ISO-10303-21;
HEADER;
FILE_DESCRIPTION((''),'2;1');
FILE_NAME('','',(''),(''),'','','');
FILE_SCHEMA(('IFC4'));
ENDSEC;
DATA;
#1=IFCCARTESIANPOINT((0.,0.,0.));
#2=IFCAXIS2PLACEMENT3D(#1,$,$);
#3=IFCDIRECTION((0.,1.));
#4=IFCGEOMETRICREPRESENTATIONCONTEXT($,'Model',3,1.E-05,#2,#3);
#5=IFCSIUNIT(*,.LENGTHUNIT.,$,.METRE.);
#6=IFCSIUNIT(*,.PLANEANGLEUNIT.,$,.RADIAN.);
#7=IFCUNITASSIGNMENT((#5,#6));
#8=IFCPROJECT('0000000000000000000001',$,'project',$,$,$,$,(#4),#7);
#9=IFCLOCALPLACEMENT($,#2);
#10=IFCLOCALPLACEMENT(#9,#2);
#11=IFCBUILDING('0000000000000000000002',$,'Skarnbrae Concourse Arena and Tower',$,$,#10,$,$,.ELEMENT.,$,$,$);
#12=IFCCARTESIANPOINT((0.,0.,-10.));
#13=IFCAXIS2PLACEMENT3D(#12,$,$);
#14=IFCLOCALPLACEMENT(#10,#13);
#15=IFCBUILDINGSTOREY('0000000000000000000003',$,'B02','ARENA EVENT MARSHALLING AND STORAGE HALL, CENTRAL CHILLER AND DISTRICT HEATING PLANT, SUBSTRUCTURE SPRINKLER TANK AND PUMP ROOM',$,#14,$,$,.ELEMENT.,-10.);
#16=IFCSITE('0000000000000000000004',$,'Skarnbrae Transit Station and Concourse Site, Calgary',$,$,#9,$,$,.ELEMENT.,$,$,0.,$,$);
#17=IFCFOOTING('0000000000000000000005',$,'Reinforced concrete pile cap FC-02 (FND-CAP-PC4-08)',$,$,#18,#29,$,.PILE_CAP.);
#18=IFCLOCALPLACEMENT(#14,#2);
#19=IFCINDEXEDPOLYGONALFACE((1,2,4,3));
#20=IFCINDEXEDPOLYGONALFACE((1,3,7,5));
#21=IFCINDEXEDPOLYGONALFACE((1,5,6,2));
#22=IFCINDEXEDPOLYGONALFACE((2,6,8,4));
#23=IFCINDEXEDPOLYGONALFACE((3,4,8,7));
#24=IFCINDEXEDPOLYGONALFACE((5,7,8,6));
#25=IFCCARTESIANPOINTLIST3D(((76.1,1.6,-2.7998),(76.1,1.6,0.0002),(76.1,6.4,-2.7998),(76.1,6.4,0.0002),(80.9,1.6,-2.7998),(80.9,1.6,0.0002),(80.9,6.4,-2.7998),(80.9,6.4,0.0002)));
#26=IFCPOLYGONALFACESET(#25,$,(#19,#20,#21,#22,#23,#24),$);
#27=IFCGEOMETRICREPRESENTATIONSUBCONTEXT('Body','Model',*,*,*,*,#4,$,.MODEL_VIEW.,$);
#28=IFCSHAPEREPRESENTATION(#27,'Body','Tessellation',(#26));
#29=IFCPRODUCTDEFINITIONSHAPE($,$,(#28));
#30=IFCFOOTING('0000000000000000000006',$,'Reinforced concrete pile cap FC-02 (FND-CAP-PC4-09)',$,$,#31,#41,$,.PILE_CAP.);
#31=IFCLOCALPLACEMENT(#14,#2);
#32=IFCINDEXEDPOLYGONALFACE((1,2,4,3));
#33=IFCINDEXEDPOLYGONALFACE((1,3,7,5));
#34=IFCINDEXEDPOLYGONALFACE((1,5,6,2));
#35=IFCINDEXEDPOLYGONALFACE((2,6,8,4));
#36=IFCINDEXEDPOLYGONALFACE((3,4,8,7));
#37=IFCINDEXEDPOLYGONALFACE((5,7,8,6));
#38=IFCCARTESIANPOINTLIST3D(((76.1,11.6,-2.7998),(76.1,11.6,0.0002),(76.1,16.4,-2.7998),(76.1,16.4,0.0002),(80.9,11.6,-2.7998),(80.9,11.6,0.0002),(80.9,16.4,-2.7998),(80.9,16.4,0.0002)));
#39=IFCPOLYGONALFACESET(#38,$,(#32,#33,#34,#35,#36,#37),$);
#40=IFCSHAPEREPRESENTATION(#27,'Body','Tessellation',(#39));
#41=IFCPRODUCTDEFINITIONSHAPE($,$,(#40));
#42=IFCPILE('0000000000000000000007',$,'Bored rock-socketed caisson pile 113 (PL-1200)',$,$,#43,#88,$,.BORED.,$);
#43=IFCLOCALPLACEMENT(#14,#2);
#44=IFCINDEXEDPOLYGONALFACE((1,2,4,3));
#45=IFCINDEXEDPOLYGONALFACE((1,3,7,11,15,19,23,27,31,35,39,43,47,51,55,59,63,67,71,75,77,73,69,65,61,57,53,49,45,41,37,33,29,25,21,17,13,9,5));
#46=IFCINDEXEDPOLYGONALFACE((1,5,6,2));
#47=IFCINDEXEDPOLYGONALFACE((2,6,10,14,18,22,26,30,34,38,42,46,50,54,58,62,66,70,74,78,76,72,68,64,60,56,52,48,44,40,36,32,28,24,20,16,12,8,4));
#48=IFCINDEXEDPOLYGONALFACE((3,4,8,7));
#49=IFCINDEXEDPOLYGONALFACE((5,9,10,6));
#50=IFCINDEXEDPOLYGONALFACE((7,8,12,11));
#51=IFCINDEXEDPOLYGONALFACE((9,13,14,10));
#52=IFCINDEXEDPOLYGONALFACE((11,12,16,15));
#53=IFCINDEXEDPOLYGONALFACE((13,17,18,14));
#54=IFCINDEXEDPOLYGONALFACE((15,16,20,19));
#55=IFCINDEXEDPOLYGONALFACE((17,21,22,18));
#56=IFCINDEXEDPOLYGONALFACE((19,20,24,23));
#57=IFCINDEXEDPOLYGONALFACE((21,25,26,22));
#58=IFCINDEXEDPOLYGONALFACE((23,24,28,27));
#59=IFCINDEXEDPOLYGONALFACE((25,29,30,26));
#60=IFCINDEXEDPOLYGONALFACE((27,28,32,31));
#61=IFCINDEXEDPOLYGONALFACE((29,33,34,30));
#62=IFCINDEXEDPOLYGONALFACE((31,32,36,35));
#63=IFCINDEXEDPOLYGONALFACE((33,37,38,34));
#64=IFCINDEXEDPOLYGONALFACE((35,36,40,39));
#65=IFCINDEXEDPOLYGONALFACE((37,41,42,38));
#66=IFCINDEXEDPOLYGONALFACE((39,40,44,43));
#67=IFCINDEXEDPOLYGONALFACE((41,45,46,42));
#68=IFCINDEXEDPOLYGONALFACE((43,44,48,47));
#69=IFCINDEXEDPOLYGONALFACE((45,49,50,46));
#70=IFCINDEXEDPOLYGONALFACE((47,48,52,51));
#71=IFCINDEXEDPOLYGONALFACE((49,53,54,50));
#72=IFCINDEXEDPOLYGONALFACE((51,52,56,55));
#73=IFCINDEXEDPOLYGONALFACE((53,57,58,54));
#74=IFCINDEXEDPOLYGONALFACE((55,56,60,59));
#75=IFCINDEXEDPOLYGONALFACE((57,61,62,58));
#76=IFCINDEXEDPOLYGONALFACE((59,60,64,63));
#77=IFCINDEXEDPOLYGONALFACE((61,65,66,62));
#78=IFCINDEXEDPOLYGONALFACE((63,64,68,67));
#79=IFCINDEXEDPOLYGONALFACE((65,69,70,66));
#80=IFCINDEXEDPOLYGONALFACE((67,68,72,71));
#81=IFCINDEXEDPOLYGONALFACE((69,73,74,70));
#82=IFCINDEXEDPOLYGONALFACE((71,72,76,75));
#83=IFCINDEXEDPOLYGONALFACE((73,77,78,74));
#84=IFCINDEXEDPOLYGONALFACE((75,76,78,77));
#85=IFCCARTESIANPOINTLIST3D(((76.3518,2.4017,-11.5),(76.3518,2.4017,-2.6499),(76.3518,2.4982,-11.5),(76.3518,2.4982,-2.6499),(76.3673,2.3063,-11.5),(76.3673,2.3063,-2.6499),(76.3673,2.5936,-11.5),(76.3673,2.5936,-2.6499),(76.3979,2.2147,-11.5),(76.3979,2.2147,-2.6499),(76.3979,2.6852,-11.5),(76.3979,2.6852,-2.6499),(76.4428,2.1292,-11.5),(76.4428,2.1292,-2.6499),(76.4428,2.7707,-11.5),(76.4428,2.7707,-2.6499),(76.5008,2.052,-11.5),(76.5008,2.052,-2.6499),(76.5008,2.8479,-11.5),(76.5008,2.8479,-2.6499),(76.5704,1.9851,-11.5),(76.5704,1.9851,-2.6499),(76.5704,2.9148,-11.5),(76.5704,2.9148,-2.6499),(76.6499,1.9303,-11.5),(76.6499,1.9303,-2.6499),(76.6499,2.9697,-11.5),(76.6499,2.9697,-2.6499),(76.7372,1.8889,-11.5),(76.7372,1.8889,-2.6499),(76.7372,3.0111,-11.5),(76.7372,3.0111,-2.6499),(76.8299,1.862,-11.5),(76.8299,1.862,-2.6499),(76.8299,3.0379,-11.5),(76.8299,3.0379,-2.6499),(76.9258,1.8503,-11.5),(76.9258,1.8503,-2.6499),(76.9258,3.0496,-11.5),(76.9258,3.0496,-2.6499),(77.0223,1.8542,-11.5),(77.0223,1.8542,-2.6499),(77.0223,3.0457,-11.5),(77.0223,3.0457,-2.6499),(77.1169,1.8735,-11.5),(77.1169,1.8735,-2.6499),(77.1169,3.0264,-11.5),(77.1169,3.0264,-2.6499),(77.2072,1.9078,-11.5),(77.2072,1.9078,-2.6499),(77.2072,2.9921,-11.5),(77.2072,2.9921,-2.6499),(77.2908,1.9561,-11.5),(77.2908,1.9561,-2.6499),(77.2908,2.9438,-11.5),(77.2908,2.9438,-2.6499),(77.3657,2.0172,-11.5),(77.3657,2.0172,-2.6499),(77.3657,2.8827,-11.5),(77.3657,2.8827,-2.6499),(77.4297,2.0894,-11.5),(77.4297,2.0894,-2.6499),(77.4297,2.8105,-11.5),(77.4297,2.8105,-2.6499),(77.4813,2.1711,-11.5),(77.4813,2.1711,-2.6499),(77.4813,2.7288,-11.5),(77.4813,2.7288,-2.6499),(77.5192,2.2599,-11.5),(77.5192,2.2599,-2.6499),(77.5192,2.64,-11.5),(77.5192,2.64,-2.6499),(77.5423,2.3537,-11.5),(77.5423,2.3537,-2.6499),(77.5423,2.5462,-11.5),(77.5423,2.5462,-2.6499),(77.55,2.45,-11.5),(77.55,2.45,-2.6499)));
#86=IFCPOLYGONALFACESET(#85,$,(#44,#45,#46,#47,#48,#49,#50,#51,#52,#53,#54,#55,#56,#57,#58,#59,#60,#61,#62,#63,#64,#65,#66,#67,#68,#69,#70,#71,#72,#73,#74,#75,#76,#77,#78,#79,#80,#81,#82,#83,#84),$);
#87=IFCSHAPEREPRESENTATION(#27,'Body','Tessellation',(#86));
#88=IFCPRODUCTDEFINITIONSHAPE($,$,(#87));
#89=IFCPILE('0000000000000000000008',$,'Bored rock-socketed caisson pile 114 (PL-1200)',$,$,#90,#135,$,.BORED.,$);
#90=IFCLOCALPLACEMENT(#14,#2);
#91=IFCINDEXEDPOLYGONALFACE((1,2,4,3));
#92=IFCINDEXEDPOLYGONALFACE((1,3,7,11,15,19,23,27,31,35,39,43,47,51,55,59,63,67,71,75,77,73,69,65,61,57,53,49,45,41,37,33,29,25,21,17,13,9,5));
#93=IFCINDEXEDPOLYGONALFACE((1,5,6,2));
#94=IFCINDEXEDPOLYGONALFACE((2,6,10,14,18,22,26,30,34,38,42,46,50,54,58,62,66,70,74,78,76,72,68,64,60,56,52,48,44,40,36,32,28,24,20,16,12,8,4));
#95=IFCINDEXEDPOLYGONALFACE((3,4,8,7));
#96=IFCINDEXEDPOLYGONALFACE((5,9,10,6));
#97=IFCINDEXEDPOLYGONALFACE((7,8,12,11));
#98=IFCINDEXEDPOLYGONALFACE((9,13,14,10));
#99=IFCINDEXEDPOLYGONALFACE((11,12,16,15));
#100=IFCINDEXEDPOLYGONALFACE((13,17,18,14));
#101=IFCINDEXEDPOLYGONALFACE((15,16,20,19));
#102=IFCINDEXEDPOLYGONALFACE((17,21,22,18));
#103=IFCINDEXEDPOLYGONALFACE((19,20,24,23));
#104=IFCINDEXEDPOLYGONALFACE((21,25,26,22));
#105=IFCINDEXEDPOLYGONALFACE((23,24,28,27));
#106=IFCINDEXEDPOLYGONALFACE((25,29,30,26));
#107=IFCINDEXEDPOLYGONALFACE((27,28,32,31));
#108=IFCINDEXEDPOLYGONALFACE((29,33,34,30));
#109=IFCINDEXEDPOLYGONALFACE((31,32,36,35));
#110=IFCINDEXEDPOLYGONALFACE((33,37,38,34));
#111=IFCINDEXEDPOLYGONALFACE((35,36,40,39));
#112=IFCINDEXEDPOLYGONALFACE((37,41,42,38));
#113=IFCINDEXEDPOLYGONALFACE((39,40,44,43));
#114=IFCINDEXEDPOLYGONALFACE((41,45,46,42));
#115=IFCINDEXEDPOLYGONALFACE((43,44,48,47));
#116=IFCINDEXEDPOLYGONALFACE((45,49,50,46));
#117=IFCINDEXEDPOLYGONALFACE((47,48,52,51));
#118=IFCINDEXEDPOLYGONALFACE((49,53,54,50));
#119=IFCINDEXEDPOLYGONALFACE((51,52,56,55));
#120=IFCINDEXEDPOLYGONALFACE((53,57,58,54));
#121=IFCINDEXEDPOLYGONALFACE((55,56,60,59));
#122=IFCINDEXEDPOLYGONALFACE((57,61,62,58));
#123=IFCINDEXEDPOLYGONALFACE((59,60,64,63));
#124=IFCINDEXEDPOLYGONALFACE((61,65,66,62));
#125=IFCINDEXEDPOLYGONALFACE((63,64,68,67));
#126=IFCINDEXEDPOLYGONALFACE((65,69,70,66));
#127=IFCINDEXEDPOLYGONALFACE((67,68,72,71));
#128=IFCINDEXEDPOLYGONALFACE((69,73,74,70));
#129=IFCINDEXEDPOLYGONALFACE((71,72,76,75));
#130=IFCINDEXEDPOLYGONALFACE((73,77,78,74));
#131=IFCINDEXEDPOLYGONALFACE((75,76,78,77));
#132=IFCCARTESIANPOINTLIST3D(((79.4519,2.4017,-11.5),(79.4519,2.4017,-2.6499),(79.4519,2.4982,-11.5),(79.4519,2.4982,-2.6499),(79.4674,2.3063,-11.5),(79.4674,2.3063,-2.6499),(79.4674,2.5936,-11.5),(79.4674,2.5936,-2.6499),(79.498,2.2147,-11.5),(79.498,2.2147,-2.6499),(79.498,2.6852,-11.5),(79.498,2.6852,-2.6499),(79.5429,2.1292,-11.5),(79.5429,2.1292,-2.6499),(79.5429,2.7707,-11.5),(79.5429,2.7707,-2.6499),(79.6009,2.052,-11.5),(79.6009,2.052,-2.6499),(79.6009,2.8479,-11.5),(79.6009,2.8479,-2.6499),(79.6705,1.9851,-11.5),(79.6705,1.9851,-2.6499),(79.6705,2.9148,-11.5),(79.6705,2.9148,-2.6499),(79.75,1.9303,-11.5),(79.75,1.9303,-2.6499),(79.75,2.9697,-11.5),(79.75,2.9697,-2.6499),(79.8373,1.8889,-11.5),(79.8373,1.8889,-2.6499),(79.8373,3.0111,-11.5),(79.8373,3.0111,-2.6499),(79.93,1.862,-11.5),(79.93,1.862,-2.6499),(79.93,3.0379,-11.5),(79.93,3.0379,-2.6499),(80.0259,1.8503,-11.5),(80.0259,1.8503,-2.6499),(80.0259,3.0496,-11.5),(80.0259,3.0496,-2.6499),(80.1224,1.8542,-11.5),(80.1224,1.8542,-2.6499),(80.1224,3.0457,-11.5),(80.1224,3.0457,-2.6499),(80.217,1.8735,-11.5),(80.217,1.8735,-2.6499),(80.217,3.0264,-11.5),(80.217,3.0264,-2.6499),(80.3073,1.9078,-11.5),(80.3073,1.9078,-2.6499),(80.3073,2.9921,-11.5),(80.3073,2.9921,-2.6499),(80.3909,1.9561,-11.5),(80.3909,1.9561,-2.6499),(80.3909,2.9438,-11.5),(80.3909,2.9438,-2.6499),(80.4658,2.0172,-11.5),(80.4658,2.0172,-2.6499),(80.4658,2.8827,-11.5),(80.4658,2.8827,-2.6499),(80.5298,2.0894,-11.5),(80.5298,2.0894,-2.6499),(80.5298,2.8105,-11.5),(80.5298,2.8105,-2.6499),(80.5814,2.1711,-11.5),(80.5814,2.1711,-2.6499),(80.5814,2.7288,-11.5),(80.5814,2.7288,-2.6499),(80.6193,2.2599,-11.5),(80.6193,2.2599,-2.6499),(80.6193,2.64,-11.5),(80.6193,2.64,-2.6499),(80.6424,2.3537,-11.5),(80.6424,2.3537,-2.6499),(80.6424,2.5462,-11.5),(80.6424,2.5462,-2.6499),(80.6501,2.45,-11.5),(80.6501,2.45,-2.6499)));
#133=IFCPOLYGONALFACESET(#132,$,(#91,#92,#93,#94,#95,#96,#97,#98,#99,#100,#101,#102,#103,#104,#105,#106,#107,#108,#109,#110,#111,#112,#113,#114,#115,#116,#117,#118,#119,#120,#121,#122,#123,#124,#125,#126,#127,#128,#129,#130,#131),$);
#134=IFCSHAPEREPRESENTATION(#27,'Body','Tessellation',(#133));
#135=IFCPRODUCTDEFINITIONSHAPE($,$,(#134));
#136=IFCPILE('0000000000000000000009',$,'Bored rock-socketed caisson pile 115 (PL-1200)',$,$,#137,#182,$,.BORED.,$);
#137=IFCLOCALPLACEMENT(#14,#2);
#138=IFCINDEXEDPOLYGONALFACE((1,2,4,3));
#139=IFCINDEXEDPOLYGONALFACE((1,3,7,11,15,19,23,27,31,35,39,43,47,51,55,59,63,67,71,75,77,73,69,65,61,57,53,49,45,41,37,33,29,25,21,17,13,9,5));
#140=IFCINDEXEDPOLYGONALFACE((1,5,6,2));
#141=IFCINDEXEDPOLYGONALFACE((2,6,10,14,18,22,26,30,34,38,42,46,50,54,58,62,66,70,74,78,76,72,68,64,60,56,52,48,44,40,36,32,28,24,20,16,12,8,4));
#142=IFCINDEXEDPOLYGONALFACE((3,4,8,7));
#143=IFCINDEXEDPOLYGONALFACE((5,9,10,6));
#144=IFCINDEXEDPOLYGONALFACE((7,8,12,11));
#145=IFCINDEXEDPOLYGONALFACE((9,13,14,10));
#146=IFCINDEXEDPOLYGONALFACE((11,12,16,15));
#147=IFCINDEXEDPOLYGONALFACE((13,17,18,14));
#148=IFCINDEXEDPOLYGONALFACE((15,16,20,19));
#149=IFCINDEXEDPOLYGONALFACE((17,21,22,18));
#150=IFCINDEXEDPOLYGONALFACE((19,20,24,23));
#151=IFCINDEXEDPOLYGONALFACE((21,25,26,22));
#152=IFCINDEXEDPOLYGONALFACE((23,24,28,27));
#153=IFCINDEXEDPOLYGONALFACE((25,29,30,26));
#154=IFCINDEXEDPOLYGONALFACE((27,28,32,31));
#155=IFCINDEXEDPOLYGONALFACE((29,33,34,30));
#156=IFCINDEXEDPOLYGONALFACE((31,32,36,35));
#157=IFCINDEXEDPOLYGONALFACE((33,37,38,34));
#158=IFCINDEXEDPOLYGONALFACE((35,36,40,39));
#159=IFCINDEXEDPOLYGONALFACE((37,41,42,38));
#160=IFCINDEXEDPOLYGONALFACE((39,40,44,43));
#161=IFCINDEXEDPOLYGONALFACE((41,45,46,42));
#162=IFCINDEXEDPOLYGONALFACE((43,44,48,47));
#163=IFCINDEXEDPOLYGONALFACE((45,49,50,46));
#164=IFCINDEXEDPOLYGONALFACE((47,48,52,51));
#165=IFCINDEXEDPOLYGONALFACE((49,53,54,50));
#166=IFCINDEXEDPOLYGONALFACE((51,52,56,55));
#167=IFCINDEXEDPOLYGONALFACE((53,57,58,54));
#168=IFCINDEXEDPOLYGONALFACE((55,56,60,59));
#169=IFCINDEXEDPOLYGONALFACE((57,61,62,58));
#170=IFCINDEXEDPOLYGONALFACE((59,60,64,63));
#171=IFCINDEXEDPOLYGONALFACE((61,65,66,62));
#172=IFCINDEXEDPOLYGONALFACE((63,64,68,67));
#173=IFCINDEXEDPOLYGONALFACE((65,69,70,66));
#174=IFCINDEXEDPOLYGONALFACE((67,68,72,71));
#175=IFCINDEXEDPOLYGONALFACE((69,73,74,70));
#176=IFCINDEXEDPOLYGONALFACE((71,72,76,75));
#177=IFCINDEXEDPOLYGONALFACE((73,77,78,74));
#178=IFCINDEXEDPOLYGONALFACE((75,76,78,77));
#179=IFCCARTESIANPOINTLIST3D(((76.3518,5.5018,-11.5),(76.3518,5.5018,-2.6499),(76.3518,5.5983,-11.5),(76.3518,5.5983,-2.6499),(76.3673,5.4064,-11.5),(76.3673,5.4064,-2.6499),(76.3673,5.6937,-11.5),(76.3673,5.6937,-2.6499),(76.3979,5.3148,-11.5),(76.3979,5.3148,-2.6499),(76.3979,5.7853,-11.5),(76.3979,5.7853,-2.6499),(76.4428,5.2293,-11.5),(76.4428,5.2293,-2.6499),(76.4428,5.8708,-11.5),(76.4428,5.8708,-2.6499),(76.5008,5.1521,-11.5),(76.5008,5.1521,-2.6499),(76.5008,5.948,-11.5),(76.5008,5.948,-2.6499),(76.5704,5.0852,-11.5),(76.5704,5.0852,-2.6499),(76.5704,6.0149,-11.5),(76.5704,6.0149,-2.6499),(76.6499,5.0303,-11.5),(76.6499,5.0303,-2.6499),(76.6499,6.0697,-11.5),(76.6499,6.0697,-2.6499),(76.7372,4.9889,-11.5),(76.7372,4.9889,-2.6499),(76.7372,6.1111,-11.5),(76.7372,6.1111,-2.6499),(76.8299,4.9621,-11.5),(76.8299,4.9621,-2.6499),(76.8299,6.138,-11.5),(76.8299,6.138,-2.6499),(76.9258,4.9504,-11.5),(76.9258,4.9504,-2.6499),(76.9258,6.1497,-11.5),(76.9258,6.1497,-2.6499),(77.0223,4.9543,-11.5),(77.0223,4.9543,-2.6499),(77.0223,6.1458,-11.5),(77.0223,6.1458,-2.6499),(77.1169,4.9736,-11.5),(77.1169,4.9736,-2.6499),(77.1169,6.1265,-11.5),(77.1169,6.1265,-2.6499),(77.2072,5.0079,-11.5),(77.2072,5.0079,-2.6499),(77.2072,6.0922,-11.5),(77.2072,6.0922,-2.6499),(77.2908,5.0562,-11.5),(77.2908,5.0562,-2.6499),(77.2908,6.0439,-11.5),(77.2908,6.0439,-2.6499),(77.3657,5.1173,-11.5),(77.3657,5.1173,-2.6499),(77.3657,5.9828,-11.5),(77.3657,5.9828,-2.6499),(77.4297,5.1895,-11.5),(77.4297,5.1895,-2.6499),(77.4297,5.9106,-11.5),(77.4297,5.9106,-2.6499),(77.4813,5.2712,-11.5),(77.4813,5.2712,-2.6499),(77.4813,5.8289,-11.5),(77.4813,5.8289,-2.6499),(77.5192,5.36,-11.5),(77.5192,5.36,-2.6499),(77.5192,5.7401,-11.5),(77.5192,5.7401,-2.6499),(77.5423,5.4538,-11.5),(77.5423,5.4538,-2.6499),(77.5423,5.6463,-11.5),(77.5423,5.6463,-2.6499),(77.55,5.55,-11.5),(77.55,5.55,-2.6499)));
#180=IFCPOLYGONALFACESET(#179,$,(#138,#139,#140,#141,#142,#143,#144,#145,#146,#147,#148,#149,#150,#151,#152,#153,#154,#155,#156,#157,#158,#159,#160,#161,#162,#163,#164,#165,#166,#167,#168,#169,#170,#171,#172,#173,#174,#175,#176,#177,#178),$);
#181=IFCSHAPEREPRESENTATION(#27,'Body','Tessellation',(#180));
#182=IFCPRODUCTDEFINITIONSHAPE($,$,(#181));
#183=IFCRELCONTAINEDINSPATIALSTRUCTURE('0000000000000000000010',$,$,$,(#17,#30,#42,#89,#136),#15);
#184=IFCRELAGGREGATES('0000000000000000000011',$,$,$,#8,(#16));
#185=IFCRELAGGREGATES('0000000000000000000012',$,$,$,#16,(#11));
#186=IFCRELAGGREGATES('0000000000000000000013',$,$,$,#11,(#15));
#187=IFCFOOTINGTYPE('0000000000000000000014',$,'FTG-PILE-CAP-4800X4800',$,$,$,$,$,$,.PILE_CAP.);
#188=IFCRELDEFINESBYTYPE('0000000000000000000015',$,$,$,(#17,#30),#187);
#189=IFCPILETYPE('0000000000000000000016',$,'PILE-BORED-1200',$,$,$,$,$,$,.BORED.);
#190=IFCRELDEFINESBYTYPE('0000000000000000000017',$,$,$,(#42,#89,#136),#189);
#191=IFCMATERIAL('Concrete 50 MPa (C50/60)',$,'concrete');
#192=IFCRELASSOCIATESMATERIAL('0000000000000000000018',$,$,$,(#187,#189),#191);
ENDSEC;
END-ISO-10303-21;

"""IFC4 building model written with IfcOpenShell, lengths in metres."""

from ifc_helpers import new_model, si_unit, direction, frame, origin, origin_2d, place, context, subcontext, project, spatial, rectangle, circle, extrude, source, transform, mapped, material, material_profile, profile_set, type_object, element, save


model = new_model("IFC4")

# Units and contexts
model_context = context("Model", 3, precision=1e-05, world=origin(), true_north=direction((0.0, 1.0)))
body_context = subcontext(model_context, "Body", "Model", "MODEL_VIEW")
ifc_project = project(units=[si_unit("LENGTHUNIT", "METRE"), si_unit("PLANEANGLEUNIT", "RADIAN")], contexts=[model_context])

# Site, building, storey
site_placement = place(None, origin())
site = spatial("IfcSite", under=ifc_project, at=site_placement, Name="Skarnbrae Transit Station and Concourse Site, Calgary", CompositionType="ELEMENT", RefElevation=0.0)
building_placement = place(site_placement, origin())
building = spatial("IfcBuilding", under=site, at=building_placement, Name="Skarnbrae Concourse Arena and Tower", CompositionType="ELEMENT")
storey_placement = place(building_placement, frame((0.0, 0.0, -10.0)))
storey = spatial("IfcBuildingStorey", under=building, at=storey_placement, Name="B02", Description="ARENA EVENT MARSHALLING AND STORAGE HALL, CENTRAL CHILLER AND DISTRICT HEATING PLANT, SUBSTRUCTURE SPRINKLER TANK AND PUMP ROOM", CompositionType="ELEMENT", Elevation=-10.0)

# Footings
ifc_material_1 = material(Name="Concrete 50 MPa (C50/60)", Category="concrete")
footing_type = type_object("IfcFootingType", Name="FTG-PILE-CAP-4800X4800", PredefinedType="PILE_CAP", material=ifc_material_1)
shared_shape_1 = source(origin(), body_context, "Body", "SweptSolid", [
    extrude(rectangle(XDim=4.8, YDim=4.8, at=origin_2d()), origin(), (0.0, 0.0, 1.0), 2.8),
])
for number, where, z_axis, x_axis, name in (
    (1, (78.5, 4.0, -2.7998), (0.0, 0.0, 1.0), (1.0, 0.0, 0.0), "Reinforced concrete pile cap FC-02 (FND-CAP-PC4-08)"),
    (2, (78.5, 14.0, -2.7998), (0.0, 0.0, 1.0), (1.0, 0.0, 0.0), "Reinforced concrete pile cap FC-02 (FND-CAP-PC4-09)"),
):
    element("IfcFooting", number, at=place(storey_placement, frame(where, z_axis=z_axis, x_axis=x_axis)), inside=storey, type_object=footing_type, Name=name, PredefinedType="PILE_CAP", context=body_context, shape_type="MappedRepresentation", body=[
        mapped(shared_shape_1, transform((0.0, 0.0, 0.0))),
    ])

# Piles
ifc_material_profile_1 = material_profile(ifc_material_1, circle(Radius=0.6001, at=origin_2d()), Name="CAISSON-1200")
ifc_profile_set_1 = profile_set([ifc_material_profile_1], Name="Concrete 50 MPa (C50/60)")
pile_type = type_object("IfcPileType", Name="PILE-BORED-1200", PredefinedType="BORED", material=ifc_profile_set_1)
shared_shape_2 = source(origin(), body_context, "Body", "SweptSolid", [
    extrude(circle(Radius=0.6001, at=origin_2d()), origin(), (0.0, 0.0, 1.0), 8.8501),
])
for number, where, z_axis, x_axis, name in (
    (3, (76.95, 2.45, -2.6499), (0.0, 0.0, -1.0), (1.0, 0.0, 0.0), "Bored rock-socketed caisson pile 113 (PL-1200)"),
    (4, (80.05, 2.45, -2.6499), (0.0, 0.0, -1.0), (1.0, 0.0, 0.0), "Bored rock-socketed caisson pile 114 (PL-1200)"),
    (5, (76.95, 5.55, -2.6499), (0.0, 0.0, -1.0), (1.0, 0.0, 0.0), "Bored rock-socketed caisson pile 115 (PL-1200)"),
):
    element("IfcPile", number, at=place(storey_placement, frame(where, z_axis=z_axis, x_axis=x_axis)), inside=storey, type_object=pile_type, Name=name, PredefinedType="BORED", context=body_context, shape_type="MappedRepresentation", body=[
        mapped(shared_shape_2, transform((0.0, 0.0, 0.0))),
    ])

save(model, "model.ifc")
